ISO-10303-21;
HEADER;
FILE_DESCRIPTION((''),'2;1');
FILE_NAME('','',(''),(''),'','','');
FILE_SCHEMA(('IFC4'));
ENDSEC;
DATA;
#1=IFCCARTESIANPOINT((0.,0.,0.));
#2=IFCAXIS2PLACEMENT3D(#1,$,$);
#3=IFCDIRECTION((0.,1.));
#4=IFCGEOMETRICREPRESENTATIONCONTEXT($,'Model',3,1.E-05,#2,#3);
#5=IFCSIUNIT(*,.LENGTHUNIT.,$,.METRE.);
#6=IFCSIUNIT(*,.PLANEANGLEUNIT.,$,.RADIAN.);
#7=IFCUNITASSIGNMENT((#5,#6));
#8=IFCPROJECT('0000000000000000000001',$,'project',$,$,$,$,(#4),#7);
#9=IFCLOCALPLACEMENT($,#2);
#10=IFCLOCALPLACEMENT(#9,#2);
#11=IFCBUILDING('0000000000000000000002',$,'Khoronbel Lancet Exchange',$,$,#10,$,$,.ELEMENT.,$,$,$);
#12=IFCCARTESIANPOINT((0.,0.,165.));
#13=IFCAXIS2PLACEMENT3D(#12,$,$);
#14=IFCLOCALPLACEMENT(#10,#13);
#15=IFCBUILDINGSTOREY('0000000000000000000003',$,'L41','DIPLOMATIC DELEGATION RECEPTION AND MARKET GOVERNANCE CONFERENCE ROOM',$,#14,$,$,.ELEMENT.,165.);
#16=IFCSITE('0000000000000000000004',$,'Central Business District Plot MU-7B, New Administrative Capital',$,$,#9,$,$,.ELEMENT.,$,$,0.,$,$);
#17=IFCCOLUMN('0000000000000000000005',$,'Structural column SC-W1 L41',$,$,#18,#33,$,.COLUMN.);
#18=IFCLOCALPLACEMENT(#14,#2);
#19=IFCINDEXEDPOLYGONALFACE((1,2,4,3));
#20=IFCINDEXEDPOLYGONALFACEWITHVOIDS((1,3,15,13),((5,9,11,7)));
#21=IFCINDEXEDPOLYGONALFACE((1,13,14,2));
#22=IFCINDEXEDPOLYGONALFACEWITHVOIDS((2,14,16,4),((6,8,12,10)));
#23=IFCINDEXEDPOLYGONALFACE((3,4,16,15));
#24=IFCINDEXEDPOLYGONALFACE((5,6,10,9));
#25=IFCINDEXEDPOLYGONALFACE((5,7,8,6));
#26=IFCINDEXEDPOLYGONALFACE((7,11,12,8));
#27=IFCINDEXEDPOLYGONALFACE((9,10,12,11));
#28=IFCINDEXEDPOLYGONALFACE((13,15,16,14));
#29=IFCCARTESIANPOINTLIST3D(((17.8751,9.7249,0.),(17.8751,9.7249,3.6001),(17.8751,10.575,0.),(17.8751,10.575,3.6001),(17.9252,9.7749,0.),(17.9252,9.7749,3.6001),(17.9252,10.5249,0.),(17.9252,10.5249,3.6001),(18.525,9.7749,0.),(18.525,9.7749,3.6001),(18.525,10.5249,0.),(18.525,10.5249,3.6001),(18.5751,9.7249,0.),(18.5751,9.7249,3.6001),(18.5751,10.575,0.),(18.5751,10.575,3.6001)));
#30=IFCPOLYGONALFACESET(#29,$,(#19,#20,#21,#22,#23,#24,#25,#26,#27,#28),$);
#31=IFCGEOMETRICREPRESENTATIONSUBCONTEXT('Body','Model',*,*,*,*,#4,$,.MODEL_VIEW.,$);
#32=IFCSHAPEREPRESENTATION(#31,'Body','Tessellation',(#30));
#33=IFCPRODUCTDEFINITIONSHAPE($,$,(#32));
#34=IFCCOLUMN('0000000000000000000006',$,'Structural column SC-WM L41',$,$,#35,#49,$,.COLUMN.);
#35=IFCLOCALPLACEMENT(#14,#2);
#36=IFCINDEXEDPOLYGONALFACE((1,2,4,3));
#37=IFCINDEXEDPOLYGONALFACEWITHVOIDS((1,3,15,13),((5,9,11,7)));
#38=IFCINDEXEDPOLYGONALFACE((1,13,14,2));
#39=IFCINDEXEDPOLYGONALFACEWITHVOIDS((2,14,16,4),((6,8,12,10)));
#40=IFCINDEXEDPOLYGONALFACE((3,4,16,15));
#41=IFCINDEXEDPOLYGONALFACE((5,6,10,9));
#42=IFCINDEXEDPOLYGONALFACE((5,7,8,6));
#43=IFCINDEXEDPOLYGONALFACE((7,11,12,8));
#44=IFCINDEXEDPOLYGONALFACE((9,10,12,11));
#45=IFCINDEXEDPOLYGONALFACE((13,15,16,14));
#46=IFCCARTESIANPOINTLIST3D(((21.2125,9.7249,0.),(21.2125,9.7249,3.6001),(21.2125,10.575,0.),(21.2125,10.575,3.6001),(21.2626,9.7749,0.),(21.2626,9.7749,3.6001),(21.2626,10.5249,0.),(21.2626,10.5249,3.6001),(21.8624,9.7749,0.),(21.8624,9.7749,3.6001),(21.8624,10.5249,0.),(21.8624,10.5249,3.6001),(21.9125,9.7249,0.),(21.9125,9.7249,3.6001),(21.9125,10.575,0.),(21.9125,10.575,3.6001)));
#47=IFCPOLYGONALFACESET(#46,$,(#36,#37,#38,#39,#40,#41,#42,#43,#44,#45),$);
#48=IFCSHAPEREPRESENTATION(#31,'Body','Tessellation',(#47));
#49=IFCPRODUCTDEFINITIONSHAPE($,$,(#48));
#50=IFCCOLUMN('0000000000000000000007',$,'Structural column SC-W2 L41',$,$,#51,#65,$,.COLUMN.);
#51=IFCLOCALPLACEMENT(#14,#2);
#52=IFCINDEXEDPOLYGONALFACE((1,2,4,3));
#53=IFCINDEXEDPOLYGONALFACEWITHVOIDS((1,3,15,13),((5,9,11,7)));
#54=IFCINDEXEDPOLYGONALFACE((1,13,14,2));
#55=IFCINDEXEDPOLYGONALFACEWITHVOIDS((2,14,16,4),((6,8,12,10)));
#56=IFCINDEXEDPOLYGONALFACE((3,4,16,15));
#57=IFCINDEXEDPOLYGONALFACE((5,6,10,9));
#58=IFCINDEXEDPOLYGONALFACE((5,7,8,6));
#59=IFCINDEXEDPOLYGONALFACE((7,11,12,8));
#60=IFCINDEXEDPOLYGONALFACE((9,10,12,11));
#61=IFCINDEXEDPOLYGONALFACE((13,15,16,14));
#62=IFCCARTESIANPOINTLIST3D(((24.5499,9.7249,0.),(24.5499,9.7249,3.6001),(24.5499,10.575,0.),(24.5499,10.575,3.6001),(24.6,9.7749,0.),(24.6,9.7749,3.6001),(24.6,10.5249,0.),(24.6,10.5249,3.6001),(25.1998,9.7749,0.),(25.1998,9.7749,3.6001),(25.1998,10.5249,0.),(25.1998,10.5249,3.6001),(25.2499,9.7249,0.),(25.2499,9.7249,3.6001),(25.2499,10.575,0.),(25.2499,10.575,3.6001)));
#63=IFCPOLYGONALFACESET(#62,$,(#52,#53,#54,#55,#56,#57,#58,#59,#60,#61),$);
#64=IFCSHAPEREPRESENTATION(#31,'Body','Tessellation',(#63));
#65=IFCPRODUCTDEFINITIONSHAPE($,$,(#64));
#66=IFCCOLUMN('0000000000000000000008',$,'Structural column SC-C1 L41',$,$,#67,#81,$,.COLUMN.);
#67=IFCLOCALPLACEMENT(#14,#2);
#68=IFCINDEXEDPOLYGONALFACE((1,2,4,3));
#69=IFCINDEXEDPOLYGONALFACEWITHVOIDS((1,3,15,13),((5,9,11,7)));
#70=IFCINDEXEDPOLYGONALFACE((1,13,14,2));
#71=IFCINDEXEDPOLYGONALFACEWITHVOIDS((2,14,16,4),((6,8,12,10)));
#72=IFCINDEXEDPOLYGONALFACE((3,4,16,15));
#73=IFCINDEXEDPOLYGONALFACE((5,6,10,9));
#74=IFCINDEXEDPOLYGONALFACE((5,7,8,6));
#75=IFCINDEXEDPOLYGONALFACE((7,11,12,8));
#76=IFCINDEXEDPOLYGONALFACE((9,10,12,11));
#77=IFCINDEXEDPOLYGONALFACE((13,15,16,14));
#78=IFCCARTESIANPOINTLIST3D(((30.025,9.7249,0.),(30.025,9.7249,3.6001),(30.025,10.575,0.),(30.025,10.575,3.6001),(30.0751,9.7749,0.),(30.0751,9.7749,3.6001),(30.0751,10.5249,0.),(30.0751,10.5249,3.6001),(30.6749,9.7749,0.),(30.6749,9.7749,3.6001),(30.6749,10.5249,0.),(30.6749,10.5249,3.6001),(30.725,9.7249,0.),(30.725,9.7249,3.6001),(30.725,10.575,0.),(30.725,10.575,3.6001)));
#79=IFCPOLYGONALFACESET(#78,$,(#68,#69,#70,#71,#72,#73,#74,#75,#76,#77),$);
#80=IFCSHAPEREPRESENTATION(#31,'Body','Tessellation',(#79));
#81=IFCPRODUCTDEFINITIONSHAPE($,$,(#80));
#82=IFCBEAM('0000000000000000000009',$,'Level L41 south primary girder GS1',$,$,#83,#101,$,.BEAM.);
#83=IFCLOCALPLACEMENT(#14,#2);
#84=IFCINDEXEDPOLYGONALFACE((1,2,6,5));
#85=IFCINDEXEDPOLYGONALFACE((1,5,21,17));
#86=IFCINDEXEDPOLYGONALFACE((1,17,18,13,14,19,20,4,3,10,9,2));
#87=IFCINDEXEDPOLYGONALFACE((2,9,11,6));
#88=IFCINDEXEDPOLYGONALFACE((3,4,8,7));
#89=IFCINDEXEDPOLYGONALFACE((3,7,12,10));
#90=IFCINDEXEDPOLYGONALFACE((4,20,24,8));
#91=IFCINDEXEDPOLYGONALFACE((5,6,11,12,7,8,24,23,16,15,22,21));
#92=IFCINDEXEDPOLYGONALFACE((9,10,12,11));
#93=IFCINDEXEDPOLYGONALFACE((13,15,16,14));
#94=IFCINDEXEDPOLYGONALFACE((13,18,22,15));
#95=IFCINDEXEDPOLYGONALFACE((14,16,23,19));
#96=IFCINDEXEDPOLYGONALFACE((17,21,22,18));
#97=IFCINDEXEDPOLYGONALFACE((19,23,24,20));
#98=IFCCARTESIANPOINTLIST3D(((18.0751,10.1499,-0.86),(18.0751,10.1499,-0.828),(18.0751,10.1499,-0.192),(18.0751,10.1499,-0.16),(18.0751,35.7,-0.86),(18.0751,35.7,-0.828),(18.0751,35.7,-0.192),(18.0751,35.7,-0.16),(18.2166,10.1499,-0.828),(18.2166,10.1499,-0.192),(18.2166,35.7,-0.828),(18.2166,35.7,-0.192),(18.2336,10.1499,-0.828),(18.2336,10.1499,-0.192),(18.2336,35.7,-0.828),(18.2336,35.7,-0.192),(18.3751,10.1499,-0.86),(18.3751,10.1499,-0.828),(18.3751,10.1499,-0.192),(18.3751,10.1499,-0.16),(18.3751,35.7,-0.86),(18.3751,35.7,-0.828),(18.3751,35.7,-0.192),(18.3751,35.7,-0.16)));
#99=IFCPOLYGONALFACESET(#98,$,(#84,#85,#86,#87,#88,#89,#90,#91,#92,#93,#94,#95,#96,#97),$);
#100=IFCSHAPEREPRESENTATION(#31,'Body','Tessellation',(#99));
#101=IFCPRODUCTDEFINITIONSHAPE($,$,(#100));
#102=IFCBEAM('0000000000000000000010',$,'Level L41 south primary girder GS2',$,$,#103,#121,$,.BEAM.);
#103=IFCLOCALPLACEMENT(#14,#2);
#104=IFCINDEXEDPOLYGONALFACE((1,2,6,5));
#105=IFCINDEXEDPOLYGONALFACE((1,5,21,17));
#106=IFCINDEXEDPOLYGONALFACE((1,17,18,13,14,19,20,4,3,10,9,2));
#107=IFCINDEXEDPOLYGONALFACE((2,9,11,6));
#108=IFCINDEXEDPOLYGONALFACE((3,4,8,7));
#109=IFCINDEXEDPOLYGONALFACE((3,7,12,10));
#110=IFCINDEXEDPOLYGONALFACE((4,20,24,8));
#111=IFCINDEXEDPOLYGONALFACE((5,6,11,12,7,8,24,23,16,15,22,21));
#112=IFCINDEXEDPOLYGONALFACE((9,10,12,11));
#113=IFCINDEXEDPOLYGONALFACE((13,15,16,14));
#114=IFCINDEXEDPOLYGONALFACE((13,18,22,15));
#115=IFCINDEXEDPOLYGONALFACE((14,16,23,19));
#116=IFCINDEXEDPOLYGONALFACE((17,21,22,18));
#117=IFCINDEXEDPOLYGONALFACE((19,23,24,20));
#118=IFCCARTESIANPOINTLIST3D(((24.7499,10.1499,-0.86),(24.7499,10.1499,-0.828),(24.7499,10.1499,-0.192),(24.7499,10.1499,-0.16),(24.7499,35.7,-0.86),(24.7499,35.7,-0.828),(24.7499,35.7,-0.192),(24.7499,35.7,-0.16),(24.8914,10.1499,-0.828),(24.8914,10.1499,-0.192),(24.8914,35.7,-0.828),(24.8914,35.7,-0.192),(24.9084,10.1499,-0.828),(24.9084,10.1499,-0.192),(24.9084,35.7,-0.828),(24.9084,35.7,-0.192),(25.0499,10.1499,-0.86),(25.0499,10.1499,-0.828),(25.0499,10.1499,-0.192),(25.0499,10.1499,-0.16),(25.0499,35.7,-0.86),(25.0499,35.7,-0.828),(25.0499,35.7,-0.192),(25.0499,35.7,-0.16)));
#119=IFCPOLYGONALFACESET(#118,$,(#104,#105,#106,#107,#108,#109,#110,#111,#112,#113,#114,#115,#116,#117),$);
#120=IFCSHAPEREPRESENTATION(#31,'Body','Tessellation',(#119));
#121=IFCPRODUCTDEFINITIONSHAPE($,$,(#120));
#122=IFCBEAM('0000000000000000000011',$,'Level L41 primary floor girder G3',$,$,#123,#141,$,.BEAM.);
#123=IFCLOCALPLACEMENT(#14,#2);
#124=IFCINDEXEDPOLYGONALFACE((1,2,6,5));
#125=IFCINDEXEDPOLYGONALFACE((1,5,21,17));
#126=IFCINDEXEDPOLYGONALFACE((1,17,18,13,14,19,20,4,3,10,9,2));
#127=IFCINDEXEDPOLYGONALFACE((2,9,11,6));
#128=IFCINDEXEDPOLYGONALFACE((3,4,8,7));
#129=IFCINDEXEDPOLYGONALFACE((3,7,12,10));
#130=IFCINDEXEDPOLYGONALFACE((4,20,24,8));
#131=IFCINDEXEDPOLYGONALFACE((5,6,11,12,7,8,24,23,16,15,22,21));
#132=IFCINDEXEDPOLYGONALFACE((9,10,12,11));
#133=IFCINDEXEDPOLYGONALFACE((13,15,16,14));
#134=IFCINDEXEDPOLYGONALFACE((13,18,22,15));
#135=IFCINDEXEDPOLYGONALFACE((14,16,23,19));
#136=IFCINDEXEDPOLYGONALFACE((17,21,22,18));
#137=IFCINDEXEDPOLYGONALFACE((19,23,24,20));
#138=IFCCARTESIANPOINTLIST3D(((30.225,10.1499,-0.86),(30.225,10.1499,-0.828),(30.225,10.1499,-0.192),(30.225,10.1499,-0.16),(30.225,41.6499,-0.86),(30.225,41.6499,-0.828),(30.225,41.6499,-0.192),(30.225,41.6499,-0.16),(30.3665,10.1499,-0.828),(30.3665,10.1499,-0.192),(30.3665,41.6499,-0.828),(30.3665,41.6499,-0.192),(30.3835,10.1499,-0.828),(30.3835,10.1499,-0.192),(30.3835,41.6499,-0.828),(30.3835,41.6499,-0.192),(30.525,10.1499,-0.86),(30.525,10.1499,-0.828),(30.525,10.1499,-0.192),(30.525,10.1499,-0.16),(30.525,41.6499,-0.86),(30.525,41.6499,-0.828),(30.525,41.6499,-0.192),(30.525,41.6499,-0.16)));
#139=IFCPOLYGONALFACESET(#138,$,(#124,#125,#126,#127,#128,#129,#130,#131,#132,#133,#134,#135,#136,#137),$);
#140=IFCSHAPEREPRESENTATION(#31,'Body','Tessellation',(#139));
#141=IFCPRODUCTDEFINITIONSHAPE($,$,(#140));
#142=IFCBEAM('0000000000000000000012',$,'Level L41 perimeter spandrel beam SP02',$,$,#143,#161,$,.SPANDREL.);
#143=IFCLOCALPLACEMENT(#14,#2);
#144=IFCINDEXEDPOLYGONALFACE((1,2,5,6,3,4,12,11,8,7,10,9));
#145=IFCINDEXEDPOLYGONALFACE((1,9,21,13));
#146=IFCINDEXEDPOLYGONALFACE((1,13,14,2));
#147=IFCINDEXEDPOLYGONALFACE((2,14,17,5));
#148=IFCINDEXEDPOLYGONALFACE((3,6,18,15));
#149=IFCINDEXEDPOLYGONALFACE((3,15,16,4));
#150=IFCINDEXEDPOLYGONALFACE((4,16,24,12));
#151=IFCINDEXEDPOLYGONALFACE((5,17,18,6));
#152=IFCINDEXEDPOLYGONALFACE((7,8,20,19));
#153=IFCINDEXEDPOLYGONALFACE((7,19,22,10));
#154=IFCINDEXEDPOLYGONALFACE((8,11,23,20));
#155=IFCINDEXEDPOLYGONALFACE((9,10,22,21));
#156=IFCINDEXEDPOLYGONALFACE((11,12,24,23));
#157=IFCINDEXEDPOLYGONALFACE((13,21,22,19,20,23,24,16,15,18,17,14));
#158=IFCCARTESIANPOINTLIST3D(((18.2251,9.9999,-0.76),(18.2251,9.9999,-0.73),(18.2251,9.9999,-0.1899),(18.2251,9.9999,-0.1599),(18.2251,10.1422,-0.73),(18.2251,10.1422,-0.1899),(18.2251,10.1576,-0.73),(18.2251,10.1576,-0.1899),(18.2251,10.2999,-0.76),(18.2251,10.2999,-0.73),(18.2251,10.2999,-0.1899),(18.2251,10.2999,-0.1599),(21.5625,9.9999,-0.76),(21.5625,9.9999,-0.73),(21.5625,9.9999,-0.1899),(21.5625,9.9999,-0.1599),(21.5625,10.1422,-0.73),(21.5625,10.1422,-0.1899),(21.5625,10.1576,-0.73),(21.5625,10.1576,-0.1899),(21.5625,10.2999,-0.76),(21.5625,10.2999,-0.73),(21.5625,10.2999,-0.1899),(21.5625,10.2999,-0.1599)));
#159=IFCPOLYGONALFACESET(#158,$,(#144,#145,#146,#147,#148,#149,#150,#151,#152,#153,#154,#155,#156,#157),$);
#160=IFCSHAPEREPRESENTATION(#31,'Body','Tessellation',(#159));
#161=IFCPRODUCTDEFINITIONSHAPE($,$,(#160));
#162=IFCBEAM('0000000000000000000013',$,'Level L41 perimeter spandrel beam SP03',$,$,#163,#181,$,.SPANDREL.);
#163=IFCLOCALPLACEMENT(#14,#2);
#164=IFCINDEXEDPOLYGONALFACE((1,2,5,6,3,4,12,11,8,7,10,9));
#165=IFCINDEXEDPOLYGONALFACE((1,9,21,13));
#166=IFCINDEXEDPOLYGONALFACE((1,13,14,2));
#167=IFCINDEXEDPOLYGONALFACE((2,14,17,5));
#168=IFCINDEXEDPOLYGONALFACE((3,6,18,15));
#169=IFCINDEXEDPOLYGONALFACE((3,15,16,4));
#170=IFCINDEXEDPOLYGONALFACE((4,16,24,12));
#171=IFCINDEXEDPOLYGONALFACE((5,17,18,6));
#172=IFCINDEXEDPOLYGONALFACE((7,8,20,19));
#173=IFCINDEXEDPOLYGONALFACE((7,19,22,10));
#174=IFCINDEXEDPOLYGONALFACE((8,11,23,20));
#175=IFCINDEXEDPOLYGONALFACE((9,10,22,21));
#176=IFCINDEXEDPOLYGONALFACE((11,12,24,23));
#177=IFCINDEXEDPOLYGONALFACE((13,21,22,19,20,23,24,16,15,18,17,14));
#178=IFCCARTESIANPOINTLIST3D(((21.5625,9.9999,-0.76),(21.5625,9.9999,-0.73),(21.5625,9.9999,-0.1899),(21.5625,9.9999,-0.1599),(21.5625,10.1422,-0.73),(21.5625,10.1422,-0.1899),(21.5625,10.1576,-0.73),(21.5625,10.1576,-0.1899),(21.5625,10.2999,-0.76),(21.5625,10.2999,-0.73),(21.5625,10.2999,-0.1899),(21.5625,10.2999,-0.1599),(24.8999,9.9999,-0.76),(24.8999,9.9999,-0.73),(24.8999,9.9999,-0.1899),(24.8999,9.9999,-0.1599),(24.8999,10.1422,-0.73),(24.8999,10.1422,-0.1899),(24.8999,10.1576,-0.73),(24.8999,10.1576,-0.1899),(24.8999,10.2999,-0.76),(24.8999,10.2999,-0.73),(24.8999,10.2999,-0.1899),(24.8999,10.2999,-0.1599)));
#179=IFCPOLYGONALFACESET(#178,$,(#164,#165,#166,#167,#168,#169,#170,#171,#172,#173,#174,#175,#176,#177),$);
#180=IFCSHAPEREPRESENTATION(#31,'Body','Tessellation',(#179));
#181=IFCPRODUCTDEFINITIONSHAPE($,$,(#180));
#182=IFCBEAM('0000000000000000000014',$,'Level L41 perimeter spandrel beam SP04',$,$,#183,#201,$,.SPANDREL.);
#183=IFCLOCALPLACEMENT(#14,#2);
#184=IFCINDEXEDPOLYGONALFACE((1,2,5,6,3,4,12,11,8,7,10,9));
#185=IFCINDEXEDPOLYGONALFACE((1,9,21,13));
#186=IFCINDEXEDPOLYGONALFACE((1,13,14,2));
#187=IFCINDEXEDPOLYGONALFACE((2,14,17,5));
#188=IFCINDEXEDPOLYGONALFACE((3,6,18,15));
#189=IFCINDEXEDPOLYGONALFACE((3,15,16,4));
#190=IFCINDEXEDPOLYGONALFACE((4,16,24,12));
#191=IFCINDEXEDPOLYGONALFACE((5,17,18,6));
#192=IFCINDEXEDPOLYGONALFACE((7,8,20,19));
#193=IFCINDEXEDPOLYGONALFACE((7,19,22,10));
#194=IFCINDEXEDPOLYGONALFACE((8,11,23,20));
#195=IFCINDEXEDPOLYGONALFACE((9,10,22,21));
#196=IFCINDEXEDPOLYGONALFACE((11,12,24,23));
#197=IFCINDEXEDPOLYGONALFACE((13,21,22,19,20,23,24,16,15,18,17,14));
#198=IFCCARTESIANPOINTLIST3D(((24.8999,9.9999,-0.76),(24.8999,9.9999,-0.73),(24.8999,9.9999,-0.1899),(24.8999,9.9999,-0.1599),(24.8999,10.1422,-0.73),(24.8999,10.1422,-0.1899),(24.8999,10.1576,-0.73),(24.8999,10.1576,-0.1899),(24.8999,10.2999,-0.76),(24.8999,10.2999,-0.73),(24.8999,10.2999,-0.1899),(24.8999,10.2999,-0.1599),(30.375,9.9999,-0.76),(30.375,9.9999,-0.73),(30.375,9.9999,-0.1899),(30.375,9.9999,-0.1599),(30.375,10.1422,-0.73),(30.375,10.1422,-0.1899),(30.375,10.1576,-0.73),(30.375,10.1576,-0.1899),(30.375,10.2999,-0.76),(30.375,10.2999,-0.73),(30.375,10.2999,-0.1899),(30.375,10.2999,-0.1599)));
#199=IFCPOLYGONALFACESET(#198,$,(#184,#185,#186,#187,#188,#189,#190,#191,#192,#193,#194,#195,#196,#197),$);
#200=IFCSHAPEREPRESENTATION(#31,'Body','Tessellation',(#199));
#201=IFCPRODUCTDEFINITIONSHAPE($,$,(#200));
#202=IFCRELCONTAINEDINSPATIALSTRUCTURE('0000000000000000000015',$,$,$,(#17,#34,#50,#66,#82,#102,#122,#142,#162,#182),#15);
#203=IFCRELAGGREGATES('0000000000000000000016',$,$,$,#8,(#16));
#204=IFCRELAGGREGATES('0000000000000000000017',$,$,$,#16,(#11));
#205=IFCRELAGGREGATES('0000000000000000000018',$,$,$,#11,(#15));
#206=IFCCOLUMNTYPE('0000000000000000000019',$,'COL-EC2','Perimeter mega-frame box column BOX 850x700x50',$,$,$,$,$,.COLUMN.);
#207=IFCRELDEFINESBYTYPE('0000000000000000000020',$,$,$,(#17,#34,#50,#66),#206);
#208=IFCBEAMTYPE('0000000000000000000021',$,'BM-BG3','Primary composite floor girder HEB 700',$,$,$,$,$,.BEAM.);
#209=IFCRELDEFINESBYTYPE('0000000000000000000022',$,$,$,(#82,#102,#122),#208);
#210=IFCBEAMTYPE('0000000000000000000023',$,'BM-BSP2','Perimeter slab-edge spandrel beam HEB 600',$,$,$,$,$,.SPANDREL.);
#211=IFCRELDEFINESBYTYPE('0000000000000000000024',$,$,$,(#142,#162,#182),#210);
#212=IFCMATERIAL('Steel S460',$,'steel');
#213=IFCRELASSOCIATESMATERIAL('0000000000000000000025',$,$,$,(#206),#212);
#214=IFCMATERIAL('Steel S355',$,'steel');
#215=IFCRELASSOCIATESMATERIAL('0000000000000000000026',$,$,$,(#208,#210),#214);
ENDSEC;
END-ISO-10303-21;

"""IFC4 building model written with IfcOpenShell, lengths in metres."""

from ifc_helpers import new_model, si_unit, direction, frame, origin, origin_2d, place, context, subcontext, project, spatial, hollow_rectangle, i_section, extrude, material, material_profile, profile_set, type_object, element, save


model = new_model("IFC4")

# Units and contexts
model_context = context("Model", 3, precision=1e-05, world=origin(), true_north=direction((0.0, 1.0)))
body_context = subcontext(model_context, "Body", "Model", "MODEL_VIEW")
ifc_project = project(units=[si_unit("LENGTHUNIT", "METRE"), si_unit("PLANEANGLEUNIT", "RADIAN")], contexts=[model_context])

# Site, building, storey
site_placement = place(None, origin())
site = spatial("IfcSite", under=ifc_project, at=site_placement, Name="Central Business District Plot MU-7B, New Administrative Capital", CompositionType="ELEMENT", RefElevation=0.0)
building_placement = place(site_placement, origin())
building = spatial("IfcBuilding", under=site, at=building_placement, Name="Khoronbel Lancet Exchange", CompositionType="ELEMENT")
storey_placement = place(building_placement, frame((0.0, 0.0, 165.0)))
storey = spatial("IfcBuildingStorey", under=building, at=storey_placement, Name="L41", Description="DIPLOMATIC DELEGATION RECEPTION AND MARKET GOVERNANCE CONFERENCE ROOM", CompositionType="ELEMENT", Elevation=165.0)

# Columns
ifc_material_1 = material(Name="Steel S460", Category="steel")
ifc_material_profile_1 = material_profile(ifc_material_1, hollow_rectangle(XDim=0.7, YDim=0.8501, WallThickness=0.05, at=origin_2d()), Name="BOX 850x700x50")
ifc_profile_set_1 = profile_set([ifc_material_profile_1], Name="Steel S460")
column_type = type_object("IfcColumnType", Name="COL-EC2", Description="Perimeter mega-frame box column BOX 850x700x50", PredefinedType="COLUMN", material=ifc_profile_set_1)
for number, where, z_axis, x_axis, name in (
    (1, (18.2251, 10.1499, 0.0), (0.0, 0.0, 1.0), (1.0, 0.0, 0.0), "Structural column SC-W1 L41"),
    (2, (21.5625, 10.1499, 0.0), (0.0, 0.0, 1.0), (1.0, 0.0, 0.0), "Structural column SC-WM L41"),
    (3, (24.8999, 10.1499, 0.0), (0.0, 0.0, 1.0), (1.0, 0.0, 0.0), "Structural column SC-W2 L41"),
    (4, (30.375, 10.1499, 0.0), (0.0, 0.0, 1.0), (1.0, 0.0, 0.0), "Structural column SC-C1 L41"),
):
    element("IfcColumn", number, at=place(storey_placement, frame(where, z_axis=z_axis, x_axis=x_axis)), inside=storey, type_object=column_type, Name=name, PredefinedType="COLUMN", context=body_context, shape_type="SweptSolid", body=[
        extrude(hollow_rectangle(XDim=0.7, YDim=0.8501, WallThickness=0.05, at=origin_2d()), origin(), (0.0, 0.0, 1.0), 3.6001),
    ])

# Beams
ifc_material_2 = material(Name="Steel S355", Category="steel")
ifc_material_profile_2 = material_profile(ifc_material_2, i_section(OverallWidth=0.3, OverallDepth=0.7, WebThickness=0.0171, FlangeThickness=0.032, at=origin_2d()), Name="HEB 700")
ifc_profile_set_2 = profile_set([ifc_material_profile_2], Name="Steel S355")
beam_type_1 = type_object("IfcBeamType", Name="BM-BG3", Description="Primary composite floor girder HEB 700", PredefinedType="BEAM", material=ifc_profile_set_2)
for number, where, z_axis, x_axis, name in (
    (5, (18.2251, 10.1499, -0.51), (0.0, 1.0, 0.0), (-1.0, 0.0, 0.0), "Level L41 south primary girder GS1"),
    (6, (24.8999, 10.1499, -0.51), (0.0, 1.0, 0.0), (-1.0, 0.0, 0.0), "Level L41 south primary girder GS2"),
):
    element("IfcBeam", number, at=place(storey_placement, frame(where, z_axis=z_axis, x_axis=x_axis)), inside=storey, type_object=beam_type_1, Name=name, PredefinedType="BEAM", context=body_context, shape_type="SweptSolid", body=[
        extrude(i_section(OverallWidth=0.3, OverallDepth=0.7, WebThickness=0.0171, FlangeThickness=0.032, at=origin_2d()), origin(), (0.0, 0.0, 1.0), 25.55),
    ])
beam_1_placement = place(storey_placement, frame((30.375, 10.1499, -0.51), z_axis=(0.0, 1.0, 0.0), x_axis=(-1.0, 0.0, 0.0)))
element("IfcBeam", 7, at=beam_1_placement, inside=storey, type_object=beam_type_1, Name="Level L41 primary floor girder G3", PredefinedType="BEAM", context=body_context, shape_type="SweptSolid", body=[
    extrude(i_section(OverallWidth=0.3, OverallDepth=0.7, WebThickness=0.0171, FlangeThickness=0.032, at=origin_2d()), origin(), (0.0, 0.0, 1.0), 31.5),
])
ifc_material_profile_3 = material_profile(ifc_material_2, i_section(OverallWidth=0.3, OverallDepth=0.6001, WebThickness=0.0154, FlangeThickness=0.03, at=origin_2d()), Name="HEB 600")
ifc_profile_set_3 = profile_set([ifc_material_profile_3], Name="Steel S355")
beam_type_2 = type_object("IfcBeamType", Name="BM-BSP2", Description="Perimeter slab-edge spandrel beam HEB 600", PredefinedType="SPANDREL", material=ifc_profile_set_3)
for number, where, z_axis, x_axis, name in (
    (8, (18.2251, 10.1499, -0.46), (1.0, 0.0, 0.0), (0.0, 1.0, 0.0), "Level L41 perimeter spandrel beam SP02"),
    (9, (21.5625, 10.1499, -0.46), (1.0, 0.0, 0.0), (0.0, 1.0, 0.0), "Level L41 perimeter spandrel beam SP03"),
):
    element("IfcBeam", number, at=place(storey_placement, frame(where, z_axis=z_axis, x_axis=x_axis)), inside=storey, type_object=beam_type_2, Name=name, PredefinedType="SPANDREL", context=body_context, shape_type="SweptSolid", body=[
        extrude(i_section(OverallWidth=0.3, OverallDepth=0.6001, WebThickness=0.0154, FlangeThickness=0.03, at=origin_2d()), origin(), (0.0, 0.0, 1.0), 3.3374),
    ])
beam_2_placement = place(storey_placement, frame((24.8999, 10.1499, -0.46), z_axis=(1.0, 0.0, 0.0), x_axis=(0.0, 1.0, 0.0)))
element("IfcBeam", 10, at=beam_2_placement, inside=storey, type_object=beam_type_2, Name="Level L41 perimeter spandrel beam SP04", PredefinedType="SPANDREL", context=body_context, shape_type="SweptSolid", body=[
    extrude(i_section(OverallWidth=0.3, OverallDepth=0.6001, WebThickness=0.0154, FlangeThickness=0.03, at=origin_2d()), origin(), (0.0, 0.0, 1.0), 5.4751),
])

save(model, "model.ifc")
